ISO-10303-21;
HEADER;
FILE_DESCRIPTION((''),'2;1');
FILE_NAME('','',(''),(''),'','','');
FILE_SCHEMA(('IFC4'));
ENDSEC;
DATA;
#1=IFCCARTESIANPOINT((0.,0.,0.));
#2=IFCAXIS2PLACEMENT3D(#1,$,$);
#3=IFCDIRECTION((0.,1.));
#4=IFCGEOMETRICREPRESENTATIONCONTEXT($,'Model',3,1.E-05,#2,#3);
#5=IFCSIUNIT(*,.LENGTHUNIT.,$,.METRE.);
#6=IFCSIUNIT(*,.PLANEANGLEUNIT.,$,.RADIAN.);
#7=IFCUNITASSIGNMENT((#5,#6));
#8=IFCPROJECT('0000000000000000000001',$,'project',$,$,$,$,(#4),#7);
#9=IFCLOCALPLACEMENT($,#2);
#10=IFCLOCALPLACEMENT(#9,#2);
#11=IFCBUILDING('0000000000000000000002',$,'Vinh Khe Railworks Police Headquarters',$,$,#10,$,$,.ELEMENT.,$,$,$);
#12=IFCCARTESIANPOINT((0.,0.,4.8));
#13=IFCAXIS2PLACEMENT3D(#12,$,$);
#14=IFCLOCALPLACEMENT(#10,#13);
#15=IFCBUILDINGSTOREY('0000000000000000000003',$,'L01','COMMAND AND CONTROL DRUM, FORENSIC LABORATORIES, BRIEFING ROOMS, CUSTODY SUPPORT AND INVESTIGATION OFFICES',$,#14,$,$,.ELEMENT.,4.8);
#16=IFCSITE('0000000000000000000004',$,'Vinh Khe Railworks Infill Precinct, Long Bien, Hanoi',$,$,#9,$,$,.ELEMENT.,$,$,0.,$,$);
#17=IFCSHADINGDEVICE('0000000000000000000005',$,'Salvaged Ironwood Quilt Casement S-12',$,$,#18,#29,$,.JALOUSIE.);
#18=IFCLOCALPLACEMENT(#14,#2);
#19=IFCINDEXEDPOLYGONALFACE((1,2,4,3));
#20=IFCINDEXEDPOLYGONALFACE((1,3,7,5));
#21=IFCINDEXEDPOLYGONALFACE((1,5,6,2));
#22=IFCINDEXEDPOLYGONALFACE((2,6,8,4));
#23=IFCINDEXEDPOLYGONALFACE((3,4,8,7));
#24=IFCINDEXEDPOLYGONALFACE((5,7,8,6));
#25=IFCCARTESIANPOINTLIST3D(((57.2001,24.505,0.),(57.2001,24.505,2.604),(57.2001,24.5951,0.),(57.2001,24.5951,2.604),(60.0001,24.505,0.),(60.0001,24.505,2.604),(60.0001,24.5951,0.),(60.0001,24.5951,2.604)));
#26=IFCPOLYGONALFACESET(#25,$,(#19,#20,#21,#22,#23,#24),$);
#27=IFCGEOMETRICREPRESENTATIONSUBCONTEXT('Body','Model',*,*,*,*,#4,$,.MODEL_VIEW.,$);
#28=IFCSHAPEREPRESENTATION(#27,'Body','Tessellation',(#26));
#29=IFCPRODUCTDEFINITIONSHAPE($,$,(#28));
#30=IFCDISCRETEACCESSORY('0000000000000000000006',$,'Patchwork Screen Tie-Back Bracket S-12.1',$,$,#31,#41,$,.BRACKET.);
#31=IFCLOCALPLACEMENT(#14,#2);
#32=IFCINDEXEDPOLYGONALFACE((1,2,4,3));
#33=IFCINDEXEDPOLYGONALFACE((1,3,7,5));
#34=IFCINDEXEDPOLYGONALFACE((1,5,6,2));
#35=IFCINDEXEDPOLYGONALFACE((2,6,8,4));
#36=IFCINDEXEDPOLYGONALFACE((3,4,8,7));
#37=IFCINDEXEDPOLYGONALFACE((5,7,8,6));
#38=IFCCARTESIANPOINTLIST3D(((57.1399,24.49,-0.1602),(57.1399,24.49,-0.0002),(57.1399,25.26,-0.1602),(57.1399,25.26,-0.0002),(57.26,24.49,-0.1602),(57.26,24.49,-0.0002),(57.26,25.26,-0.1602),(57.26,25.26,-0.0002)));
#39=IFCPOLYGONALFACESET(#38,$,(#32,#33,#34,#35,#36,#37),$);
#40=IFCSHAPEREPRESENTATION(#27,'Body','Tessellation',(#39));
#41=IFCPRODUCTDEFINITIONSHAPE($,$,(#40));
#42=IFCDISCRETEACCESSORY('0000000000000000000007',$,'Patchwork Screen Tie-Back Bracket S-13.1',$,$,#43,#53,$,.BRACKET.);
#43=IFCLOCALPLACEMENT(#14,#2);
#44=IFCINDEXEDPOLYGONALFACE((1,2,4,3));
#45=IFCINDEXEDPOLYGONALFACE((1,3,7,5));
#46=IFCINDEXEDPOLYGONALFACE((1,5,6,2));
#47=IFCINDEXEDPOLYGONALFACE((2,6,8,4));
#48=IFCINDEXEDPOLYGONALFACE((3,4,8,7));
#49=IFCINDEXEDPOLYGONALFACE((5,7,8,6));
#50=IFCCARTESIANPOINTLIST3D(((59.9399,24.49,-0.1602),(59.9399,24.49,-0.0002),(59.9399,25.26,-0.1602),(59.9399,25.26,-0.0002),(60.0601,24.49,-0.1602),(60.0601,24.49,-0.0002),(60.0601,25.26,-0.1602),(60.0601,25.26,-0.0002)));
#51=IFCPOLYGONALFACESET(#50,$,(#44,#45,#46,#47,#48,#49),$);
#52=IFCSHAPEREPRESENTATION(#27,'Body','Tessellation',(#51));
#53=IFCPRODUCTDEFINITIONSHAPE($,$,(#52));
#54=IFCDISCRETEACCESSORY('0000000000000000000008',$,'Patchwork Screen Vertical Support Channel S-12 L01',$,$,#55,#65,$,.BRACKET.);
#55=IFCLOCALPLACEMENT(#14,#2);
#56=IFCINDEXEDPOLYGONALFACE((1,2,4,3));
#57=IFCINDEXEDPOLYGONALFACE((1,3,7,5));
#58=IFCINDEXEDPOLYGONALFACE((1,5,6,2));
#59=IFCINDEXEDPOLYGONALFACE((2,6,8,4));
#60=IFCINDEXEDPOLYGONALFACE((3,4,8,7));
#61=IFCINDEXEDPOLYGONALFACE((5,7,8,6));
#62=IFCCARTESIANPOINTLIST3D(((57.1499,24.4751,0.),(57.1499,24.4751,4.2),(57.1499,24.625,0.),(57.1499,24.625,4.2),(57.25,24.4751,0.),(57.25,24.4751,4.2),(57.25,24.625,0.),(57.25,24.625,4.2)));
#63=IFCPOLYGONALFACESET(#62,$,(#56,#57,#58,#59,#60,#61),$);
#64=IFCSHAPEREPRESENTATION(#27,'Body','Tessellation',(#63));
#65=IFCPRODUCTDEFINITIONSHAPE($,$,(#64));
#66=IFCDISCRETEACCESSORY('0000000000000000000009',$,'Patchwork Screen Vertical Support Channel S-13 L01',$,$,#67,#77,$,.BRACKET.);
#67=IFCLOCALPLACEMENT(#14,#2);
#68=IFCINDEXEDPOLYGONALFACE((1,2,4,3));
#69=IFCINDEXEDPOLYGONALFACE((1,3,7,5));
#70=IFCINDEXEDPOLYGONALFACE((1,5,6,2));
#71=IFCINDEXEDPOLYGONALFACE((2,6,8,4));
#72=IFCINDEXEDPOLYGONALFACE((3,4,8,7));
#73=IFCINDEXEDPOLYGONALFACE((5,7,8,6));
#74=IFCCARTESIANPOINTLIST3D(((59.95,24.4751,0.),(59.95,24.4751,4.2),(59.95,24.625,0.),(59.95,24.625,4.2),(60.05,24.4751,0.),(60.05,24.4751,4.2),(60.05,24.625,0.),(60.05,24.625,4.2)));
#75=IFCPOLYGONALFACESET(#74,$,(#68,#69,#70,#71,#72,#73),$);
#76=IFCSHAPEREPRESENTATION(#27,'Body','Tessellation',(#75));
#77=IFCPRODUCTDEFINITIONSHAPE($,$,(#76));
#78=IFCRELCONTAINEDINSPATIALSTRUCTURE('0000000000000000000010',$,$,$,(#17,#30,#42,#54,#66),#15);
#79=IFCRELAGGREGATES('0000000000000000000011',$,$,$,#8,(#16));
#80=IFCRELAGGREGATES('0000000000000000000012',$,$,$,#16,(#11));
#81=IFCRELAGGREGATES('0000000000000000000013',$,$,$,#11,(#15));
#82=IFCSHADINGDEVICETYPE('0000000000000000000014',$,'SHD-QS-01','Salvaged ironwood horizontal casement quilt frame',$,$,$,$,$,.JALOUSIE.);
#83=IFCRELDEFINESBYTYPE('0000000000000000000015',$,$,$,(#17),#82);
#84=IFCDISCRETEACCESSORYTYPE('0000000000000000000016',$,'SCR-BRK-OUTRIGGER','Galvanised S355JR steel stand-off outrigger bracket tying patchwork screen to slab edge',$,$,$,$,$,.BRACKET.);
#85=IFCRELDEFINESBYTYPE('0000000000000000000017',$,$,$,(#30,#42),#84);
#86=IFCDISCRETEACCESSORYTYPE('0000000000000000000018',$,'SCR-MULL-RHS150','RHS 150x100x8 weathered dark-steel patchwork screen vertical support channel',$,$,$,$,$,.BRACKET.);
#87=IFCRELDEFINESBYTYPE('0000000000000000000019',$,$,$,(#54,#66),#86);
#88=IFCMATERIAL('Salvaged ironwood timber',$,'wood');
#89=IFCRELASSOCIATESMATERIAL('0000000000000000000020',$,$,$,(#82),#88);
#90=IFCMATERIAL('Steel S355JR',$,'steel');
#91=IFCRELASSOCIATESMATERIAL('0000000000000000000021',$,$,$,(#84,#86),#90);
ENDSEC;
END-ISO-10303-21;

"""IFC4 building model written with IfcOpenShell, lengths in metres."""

from ifc_helpers import new_model, si_unit, direction, frame, origin, origin_2d, place, context, subcontext, project, spatial, rectangle, extrude, material, type_object, element, save


model = new_model("IFC4")

# Units and contexts
model_context = context("Model", 3, precision=1e-05, world=origin(), true_north=direction((0.0, 1.0)))
body_context = subcontext(model_context, "Body", "Model", "MODEL_VIEW")
ifc_project = project(units=[si_unit("LENGTHUNIT", "METRE"), si_unit("PLANEANGLEUNIT", "RADIAN")], contexts=[model_context])

# Site, building, storey
site_placement = place(None, origin())
site = spatial("IfcSite", under=ifc_project, at=site_placement, Name="Vinh Khe Railworks Infill Precinct, Long Bien, Hanoi", CompositionType="ELEMENT", RefElevation=0.0)
building_placement = place(site_placement, origin())
building = spatial("IfcBuilding", under=site, at=building_placement, Name="Vinh Khe Railworks Police Headquarters", CompositionType="ELEMENT")
storey_placement = place(building_placement, frame((0.0, 0.0, 4.8)))
storey = spatial("IfcBuildingStorey", under=building, at=storey_placement, Name="L01", Description="COMMAND AND CONTROL DRUM, FORENSIC LABORATORIES, BRIEFING ROOMS, CUSTODY SUPPORT AND INVESTIGATION OFFICES", CompositionType="ELEMENT", Elevation=4.8)

# Shared definitions
ifc_material_1 = material(Name="Steel S355JR", Category="steel")

# Shared definitions
ifc_material_2 = material(Name="Salvaged ironwood timber", Category="wood")

# Shading device
shading_device_type = type_object("IfcShadingDeviceType", Name="SHD-QS-01", Description="Salvaged ironwood horizontal casement quilt frame", PredefinedType="JALOUSIE", material=ifc_material_2)
shading_device_placement = place(storey_placement, frame((58.6001, 24.55, 0.0), z_axis=(0.0, 0.0, 1.0), x_axis=(1.0, 0.0, 0.0)))
element("IfcShadingDevice", 1, at=shading_device_placement, inside=storey, type_object=shading_device_type, Name="Salvaged Ironwood Quilt Casement S-12", PredefinedType="JALOUSIE", context=body_context, shape_type="SweptSolid", body=[
    extrude(rectangle(XDim=2.8, YDim=0.0901, at=origin_2d()), origin(), (0.0, 0.0, 1.0), 2.604),
])

# Discrete accessories
discrete_accessory_type_1 = type_object("IfcDiscreteAccessoryType", Name="SCR-BRK-OUTRIGGER", Description="Galvanised S355JR steel stand-off outrigger bracket tying patchwork screen to slab edge", PredefinedType="BRACKET", material=ifc_material_1)
for number, where, z_axis, x_axis, name in (
    (2, (57.2, 24.875, -0.1602), (0.0, 0.0, 1.0), (1.0, 0.0, 0.0), "Patchwork Screen Tie-Back Bracket S-12.1"),
    (3, (60.0, 24.875, -0.1602), (0.0, 0.0, 1.0), (1.0, 0.0, 0.0), "Patchwork Screen Tie-Back Bracket S-13.1"),
):
    element("IfcDiscreteAccessory", number, at=place(storey_placement, frame(where, z_axis=z_axis, x_axis=x_axis)), inside=storey, type_object=discrete_accessory_type_1, Name=name, PredefinedType="BRACKET", context=body_context, shape_type="SweptSolid", body=[
        extrude(rectangle(XDim=0.1201, YDim=0.77, at=origin_2d()), origin(), (0.0, 0.0, 1.0), 0.1599),
    ])
discrete_accessory_type_2 = type_object("IfcDiscreteAccessoryType", Name="SCR-MULL-RHS150", Description="RHS 150x100x8 weathered dark-steel patchwork screen vertical support channel", PredefinedType="BRACKET", material=ifc_material_1)
for number, where, z_axis, x_axis, name in (
    (4, (57.2, 24.55, 0.0), (0.0, 0.0, 1.0), (1.0, 0.0, 0.0), "Patchwork Screen Vertical Support Channel S-12 L01"),
    (5, (60.0, 24.55, 0.0), (0.0, 0.0, 1.0), (1.0, 0.0, 0.0), "Patchwork Screen Vertical Support Channel S-13 L01"),
):
    element("IfcDiscreteAccessory", number, at=place(storey_placement, frame(where, z_axis=z_axis, x_axis=x_axis)), inside=storey, type_object=discrete_accessory_type_2, Name=name, PredefinedType="BRACKET", context=body_context, shape_type="SweptSolid", body=[
        extrude(rectangle(XDim=0.1001, YDim=0.1499, at=origin_2d()), origin(), (0.0, 0.0, 1.0), 4.2),
    ])

save(model, "model.ifc")
